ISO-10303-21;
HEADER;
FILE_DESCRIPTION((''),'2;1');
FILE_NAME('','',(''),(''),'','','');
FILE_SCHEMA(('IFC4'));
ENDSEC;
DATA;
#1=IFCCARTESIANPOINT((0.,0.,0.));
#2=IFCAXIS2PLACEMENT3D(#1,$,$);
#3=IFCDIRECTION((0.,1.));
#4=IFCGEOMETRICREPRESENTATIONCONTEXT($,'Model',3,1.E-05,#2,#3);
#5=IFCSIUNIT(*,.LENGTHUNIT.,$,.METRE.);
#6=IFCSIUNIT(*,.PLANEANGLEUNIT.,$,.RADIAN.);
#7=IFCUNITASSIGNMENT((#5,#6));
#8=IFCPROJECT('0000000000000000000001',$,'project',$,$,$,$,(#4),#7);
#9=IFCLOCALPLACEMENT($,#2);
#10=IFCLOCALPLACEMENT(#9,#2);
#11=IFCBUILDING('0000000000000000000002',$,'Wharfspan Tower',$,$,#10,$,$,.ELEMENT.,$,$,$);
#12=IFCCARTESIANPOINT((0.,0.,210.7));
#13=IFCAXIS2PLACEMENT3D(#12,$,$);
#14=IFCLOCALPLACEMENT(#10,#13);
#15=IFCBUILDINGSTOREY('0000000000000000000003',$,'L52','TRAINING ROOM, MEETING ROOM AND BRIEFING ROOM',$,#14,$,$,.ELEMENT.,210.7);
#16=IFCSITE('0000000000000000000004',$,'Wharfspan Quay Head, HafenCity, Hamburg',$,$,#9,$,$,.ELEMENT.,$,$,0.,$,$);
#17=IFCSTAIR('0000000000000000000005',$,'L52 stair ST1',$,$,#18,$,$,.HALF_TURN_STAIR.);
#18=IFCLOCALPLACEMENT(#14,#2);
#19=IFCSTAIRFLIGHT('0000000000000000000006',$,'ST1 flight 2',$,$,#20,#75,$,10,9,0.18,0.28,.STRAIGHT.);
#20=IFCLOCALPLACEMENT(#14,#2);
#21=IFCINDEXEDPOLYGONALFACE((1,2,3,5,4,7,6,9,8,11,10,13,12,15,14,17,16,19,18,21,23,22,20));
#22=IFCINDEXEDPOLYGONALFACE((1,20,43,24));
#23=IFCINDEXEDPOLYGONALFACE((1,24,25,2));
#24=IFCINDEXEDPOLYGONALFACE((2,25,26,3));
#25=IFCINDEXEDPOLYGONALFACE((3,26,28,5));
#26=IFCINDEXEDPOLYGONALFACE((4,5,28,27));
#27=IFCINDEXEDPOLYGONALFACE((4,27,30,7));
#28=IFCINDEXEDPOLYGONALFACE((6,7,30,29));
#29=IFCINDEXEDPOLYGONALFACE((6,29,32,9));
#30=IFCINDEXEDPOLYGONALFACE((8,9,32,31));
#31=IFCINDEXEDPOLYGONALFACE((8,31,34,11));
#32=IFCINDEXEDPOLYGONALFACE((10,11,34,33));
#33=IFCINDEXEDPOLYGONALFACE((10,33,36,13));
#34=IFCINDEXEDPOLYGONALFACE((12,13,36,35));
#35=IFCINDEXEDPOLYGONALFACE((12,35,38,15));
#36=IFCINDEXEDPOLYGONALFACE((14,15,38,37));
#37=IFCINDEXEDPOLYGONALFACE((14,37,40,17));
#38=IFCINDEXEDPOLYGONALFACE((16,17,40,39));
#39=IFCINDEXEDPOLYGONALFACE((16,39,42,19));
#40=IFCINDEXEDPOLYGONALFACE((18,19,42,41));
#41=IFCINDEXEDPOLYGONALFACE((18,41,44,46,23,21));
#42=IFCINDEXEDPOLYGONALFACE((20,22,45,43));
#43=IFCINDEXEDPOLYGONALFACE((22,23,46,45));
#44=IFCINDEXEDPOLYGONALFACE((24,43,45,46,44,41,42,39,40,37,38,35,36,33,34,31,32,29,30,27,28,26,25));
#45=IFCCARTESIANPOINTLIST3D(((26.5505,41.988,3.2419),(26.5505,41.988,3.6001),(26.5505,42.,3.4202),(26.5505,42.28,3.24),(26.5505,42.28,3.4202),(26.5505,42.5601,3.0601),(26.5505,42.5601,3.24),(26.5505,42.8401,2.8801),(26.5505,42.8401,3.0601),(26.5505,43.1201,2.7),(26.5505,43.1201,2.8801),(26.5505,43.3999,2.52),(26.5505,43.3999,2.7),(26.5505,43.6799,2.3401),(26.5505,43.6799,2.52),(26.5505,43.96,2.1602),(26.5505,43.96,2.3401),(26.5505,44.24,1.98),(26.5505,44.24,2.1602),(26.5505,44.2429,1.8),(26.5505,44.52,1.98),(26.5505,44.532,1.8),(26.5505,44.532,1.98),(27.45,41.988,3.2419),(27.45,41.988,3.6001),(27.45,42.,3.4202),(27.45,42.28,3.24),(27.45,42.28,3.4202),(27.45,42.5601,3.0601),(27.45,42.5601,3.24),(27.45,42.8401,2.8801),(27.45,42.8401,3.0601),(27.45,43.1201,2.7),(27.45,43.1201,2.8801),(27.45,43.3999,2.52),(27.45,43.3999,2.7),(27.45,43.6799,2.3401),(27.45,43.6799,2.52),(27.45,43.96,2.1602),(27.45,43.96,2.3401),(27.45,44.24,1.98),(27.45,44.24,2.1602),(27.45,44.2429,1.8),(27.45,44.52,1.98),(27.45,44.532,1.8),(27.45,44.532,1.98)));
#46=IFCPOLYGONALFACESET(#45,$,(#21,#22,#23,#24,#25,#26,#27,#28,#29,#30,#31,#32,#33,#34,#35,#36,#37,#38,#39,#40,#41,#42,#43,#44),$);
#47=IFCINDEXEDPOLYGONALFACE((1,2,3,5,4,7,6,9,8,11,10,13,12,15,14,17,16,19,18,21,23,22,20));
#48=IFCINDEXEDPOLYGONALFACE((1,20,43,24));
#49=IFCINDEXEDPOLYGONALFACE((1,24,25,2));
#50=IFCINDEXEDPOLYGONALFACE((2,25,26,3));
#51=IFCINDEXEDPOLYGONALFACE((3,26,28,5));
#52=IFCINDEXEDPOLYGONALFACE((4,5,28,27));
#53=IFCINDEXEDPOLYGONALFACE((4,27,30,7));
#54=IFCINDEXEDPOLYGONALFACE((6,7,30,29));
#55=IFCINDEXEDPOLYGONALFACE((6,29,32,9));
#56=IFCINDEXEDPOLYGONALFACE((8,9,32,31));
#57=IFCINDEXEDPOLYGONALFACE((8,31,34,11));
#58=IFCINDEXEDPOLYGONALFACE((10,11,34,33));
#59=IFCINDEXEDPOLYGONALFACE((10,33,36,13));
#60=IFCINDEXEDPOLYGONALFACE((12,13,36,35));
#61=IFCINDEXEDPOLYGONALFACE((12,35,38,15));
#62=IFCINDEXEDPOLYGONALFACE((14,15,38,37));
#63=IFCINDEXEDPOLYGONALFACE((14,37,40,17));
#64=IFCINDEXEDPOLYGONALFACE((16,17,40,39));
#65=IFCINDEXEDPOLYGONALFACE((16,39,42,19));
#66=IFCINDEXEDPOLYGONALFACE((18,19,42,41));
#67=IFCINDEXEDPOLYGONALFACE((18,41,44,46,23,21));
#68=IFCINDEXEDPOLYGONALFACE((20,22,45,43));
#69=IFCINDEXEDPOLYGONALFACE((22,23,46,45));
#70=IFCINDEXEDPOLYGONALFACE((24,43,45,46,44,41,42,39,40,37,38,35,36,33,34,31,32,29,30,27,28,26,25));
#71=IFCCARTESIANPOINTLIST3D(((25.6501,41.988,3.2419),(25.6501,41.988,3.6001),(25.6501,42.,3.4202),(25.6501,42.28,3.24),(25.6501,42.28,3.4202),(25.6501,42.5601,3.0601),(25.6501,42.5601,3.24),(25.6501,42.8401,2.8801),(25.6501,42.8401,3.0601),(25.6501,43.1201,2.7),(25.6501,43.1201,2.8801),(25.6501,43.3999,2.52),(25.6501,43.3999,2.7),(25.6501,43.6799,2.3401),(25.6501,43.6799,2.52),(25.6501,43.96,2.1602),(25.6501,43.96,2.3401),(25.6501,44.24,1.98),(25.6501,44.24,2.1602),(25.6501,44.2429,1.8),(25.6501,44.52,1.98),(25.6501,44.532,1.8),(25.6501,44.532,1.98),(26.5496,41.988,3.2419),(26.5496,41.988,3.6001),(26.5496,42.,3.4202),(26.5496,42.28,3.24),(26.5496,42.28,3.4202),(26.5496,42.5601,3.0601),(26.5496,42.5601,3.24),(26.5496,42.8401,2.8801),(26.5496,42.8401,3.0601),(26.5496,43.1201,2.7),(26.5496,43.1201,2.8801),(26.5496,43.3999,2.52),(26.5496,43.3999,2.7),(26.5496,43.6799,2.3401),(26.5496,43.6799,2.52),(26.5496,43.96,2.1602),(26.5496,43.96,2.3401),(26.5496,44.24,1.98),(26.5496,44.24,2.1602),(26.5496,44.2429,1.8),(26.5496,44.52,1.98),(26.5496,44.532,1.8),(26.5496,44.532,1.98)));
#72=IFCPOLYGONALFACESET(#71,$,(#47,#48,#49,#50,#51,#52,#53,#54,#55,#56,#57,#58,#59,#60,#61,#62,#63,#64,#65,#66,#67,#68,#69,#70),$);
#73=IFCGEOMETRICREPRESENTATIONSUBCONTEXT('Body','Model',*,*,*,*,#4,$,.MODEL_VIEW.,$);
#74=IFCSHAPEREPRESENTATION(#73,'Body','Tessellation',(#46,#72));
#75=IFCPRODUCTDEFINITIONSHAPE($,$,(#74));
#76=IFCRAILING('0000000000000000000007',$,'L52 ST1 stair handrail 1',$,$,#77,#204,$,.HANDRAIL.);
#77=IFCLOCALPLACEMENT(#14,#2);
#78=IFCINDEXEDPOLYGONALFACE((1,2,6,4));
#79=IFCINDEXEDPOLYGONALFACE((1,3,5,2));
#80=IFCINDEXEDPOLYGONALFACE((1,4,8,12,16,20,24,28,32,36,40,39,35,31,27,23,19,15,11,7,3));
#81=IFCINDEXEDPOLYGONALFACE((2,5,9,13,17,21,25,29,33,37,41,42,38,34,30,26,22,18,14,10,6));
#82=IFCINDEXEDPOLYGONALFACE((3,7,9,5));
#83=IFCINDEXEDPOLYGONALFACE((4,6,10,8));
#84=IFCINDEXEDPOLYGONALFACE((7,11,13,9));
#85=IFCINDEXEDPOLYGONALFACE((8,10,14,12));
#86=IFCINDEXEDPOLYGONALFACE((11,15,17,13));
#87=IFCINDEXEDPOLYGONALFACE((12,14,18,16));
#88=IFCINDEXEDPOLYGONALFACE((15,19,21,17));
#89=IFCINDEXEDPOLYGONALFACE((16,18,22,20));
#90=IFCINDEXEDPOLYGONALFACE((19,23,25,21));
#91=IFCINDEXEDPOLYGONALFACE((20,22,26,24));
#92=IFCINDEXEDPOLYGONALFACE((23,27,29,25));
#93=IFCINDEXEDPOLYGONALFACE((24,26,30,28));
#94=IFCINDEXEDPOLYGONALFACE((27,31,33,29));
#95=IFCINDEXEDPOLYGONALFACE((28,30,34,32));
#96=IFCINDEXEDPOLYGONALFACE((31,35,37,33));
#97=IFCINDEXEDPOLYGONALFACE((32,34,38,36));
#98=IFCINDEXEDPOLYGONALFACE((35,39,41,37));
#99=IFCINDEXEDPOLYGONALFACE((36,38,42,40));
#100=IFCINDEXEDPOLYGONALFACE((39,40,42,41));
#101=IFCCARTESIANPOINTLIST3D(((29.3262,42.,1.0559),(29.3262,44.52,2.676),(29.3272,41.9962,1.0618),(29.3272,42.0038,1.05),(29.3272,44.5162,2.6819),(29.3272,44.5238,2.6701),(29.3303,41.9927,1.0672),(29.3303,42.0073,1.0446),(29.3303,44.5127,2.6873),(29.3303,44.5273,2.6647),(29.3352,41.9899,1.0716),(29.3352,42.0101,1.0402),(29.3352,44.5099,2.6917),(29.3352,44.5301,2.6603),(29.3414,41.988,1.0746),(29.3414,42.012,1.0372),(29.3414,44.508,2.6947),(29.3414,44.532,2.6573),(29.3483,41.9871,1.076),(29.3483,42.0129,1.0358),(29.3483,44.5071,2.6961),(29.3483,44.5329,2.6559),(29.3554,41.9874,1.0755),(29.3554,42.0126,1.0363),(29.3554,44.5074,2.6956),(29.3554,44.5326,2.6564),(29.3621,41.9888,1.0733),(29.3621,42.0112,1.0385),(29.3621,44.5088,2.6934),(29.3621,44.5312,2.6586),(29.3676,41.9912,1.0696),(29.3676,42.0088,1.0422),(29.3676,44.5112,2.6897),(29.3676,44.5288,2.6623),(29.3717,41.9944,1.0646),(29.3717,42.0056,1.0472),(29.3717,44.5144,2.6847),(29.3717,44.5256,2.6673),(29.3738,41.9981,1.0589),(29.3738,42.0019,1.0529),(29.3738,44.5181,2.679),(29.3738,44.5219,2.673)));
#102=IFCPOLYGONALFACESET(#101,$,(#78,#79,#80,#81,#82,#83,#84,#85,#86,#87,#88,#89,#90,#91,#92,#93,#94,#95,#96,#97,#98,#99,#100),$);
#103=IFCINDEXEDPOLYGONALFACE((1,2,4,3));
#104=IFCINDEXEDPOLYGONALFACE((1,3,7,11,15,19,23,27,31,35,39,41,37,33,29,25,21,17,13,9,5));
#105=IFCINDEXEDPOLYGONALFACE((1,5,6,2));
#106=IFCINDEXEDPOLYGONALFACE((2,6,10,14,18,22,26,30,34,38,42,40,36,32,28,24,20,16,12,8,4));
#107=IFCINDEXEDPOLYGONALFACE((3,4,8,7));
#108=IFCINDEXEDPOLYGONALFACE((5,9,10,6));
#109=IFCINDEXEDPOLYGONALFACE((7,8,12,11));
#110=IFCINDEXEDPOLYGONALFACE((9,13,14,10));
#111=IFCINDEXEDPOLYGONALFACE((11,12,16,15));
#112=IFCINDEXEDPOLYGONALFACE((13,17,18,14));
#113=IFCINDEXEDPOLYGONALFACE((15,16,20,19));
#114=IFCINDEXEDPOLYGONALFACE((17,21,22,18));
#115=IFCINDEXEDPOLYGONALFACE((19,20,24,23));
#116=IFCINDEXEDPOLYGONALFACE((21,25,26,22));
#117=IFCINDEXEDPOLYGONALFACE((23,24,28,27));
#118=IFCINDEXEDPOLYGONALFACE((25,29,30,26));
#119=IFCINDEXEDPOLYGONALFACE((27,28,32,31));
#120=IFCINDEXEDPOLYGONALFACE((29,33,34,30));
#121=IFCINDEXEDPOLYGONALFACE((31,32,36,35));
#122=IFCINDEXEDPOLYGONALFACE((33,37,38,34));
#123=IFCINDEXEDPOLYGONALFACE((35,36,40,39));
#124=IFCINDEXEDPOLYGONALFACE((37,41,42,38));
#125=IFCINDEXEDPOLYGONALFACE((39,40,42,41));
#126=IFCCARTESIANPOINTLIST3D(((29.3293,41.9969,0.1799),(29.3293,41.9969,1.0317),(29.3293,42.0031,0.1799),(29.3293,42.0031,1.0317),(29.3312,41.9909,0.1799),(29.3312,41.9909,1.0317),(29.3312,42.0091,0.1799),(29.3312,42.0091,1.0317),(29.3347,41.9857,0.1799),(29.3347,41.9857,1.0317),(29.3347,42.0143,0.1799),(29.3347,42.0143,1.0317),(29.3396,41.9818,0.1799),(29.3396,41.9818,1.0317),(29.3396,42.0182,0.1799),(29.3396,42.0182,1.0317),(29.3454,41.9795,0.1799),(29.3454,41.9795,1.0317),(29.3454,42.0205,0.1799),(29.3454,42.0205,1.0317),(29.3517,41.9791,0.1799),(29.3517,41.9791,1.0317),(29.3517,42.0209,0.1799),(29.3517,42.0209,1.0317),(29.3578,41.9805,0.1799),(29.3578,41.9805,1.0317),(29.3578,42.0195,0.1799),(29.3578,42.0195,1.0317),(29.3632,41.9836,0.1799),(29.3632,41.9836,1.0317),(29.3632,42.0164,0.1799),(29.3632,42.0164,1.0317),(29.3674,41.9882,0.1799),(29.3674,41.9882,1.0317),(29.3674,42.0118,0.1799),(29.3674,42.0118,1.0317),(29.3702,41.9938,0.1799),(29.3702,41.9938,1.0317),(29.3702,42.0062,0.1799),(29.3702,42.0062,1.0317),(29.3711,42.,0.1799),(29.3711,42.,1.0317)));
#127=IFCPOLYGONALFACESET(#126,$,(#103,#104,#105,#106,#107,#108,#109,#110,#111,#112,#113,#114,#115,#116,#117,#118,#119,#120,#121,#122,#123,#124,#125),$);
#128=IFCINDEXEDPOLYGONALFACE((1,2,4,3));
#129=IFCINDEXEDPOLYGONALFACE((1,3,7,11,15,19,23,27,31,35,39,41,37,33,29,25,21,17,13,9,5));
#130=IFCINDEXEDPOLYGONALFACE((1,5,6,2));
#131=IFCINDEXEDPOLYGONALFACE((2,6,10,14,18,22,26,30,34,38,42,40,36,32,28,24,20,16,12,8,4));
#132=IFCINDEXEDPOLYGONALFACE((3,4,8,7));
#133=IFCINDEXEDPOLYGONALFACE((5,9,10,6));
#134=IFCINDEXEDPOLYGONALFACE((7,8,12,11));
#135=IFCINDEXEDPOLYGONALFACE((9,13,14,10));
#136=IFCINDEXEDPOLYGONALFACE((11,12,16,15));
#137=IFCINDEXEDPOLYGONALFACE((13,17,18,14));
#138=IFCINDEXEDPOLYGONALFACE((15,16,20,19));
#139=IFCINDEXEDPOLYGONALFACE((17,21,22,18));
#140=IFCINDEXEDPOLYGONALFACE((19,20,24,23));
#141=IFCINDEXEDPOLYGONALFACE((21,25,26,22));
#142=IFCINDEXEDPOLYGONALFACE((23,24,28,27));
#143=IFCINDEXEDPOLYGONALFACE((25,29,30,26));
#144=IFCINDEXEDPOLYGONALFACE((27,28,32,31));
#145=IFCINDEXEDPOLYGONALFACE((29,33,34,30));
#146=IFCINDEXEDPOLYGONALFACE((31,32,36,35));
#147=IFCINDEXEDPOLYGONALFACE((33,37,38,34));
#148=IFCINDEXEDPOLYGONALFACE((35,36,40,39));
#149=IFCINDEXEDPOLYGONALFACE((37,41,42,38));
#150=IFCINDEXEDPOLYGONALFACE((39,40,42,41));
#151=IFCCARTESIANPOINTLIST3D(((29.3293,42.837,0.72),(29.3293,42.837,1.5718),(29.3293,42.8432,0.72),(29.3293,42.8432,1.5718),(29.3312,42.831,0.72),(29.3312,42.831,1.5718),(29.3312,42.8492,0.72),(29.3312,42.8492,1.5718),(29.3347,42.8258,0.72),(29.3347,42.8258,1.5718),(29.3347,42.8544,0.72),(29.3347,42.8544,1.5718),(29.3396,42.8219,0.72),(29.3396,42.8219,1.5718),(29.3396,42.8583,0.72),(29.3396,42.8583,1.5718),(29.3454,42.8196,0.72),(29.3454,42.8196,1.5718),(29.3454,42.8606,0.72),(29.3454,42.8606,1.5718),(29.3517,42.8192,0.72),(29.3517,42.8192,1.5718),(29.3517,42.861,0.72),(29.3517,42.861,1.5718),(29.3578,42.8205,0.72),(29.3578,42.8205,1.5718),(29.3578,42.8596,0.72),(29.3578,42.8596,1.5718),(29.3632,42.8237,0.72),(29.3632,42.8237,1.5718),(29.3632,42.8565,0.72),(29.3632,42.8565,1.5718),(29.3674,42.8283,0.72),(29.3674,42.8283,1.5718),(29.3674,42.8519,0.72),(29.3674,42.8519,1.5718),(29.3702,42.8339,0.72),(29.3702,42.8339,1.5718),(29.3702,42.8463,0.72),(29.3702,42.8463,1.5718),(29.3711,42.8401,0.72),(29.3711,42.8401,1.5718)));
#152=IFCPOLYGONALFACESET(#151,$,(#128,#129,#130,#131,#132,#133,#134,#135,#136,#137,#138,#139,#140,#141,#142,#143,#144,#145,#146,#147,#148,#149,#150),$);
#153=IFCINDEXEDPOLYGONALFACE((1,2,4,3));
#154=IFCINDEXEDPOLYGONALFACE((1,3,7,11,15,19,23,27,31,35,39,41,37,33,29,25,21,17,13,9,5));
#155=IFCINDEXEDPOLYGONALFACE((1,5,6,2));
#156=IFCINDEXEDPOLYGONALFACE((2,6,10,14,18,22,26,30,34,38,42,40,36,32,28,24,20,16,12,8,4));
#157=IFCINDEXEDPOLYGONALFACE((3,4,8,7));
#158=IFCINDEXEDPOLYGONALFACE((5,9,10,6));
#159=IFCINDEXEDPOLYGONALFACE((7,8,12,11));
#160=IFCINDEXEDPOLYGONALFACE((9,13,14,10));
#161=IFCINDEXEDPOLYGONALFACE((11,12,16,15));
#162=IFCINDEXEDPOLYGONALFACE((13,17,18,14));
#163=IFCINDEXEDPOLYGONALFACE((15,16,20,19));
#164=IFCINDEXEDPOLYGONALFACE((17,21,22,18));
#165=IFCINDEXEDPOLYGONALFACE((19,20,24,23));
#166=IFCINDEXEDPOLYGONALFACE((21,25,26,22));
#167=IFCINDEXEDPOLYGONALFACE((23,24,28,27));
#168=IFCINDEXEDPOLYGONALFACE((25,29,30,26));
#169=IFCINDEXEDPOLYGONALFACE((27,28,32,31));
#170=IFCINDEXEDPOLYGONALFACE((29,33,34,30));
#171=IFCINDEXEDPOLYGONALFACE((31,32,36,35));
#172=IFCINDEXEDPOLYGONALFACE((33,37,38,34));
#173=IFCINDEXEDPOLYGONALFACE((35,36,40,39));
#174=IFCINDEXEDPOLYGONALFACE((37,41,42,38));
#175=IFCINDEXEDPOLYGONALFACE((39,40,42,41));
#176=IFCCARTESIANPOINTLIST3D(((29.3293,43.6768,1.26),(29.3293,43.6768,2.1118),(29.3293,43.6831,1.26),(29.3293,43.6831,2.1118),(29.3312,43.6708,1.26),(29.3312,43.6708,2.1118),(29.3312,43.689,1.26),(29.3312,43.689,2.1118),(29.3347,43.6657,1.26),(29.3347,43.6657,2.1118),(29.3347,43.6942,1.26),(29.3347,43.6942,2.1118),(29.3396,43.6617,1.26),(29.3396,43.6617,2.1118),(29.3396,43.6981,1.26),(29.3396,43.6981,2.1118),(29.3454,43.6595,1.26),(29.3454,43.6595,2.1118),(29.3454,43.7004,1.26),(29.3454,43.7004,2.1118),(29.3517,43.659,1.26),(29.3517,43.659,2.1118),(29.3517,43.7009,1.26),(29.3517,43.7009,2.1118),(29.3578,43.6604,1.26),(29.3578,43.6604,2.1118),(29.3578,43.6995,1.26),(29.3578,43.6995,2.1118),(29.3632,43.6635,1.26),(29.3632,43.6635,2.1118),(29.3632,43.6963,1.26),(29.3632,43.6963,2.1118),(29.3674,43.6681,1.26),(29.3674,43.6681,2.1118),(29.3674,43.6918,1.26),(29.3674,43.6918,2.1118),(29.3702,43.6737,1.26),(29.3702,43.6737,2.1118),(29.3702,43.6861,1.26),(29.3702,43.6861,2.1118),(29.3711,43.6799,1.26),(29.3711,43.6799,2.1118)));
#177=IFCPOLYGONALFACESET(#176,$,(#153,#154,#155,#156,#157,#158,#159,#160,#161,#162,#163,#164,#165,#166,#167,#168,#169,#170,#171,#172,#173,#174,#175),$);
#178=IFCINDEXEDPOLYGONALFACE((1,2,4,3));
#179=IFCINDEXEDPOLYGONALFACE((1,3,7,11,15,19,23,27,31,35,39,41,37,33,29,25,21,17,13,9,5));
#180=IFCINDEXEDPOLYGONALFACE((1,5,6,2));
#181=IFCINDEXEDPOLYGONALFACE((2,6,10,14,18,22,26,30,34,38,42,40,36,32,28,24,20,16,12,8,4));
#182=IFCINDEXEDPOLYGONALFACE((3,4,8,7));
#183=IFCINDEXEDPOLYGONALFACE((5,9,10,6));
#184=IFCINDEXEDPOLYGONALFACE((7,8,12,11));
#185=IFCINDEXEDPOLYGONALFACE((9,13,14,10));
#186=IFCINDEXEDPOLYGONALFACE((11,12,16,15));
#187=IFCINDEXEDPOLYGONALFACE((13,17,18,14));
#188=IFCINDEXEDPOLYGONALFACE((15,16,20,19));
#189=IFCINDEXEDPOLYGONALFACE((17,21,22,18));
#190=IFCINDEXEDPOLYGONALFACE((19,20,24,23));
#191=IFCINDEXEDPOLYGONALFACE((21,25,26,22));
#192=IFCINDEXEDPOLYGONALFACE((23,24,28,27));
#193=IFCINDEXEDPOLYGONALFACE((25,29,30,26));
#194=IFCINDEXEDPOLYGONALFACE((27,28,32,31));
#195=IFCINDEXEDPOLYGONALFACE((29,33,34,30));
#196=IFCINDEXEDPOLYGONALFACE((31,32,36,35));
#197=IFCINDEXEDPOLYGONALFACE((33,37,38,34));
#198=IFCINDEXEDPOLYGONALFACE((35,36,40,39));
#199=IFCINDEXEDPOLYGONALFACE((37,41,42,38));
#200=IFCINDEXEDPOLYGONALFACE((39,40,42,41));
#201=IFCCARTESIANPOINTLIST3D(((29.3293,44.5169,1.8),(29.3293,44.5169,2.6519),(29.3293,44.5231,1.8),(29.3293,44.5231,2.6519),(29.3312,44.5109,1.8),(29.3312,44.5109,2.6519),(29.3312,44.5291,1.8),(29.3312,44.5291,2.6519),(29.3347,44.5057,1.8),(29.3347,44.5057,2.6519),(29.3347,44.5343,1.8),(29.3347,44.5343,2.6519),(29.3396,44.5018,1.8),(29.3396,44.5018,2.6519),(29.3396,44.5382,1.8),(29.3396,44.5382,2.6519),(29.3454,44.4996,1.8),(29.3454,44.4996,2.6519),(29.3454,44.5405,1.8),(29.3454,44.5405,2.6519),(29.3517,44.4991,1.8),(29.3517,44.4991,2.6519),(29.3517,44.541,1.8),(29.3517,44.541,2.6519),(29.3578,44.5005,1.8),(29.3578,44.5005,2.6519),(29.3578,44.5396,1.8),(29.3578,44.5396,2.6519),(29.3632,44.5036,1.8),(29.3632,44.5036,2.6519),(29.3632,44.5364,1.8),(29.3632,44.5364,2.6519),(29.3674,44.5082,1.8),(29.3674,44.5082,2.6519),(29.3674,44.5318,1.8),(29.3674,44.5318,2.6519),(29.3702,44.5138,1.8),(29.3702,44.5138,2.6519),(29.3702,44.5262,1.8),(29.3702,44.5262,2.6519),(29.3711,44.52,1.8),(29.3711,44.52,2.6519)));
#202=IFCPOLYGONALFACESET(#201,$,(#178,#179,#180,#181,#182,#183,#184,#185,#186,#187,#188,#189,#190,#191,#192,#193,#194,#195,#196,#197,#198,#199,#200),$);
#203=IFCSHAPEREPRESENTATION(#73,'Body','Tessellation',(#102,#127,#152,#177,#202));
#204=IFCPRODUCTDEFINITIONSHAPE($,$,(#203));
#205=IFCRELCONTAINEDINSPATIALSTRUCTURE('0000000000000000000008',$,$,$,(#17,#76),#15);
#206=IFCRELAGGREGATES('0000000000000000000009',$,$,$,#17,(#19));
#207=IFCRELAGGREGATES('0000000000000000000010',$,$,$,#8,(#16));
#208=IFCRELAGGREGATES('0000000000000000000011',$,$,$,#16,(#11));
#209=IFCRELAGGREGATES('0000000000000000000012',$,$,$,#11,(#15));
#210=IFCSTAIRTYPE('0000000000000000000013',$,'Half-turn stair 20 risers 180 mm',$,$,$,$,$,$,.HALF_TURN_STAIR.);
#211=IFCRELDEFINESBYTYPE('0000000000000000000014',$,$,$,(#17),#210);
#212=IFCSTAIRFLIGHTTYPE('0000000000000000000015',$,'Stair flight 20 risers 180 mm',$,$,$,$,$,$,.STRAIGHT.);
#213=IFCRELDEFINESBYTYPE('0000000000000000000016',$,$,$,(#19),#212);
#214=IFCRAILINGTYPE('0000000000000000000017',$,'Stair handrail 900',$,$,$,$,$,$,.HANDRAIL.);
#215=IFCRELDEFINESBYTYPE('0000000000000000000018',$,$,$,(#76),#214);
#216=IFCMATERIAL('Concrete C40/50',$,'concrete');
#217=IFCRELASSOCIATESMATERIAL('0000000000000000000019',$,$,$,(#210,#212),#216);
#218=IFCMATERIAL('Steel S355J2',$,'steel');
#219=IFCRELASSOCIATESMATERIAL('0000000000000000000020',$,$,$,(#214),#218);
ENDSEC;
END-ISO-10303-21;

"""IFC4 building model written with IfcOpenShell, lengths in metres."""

from ifc_helpers import new_model, si_unit, direction, frame, origin, origin_2d, place, context, subcontext, project, spatial, polyline, circle, outline, extrude, material, type_object, element, aggregate, save


model = new_model("IFC4")

# Units and contexts
model_context = context("Model", 3, precision=1e-05, world=origin(), true_north=direction((0.0, 1.0)))
body_context = subcontext(model_context, "Body", "Model", "MODEL_VIEW")
ifc_project = project(units=[si_unit("LENGTHUNIT", "METRE"), si_unit("PLANEANGLEUNIT", "RADIAN")], contexts=[model_context])

# Site, building, storey
site_placement = place(None, origin())
site = spatial("IfcSite", under=ifc_project, at=site_placement, Name="Wharfspan Quay Head, HafenCity, Hamburg", CompositionType="ELEMENT", RefElevation=0.0)
building_placement = place(site_placement, origin())
building = spatial("IfcBuilding", under=site, at=building_placement, Name="Wharfspan Tower", CompositionType="ELEMENT")
storey_placement = place(building_placement, frame((0.0, 0.0, 210.7)))
storey = spatial("IfcBuildingStorey", under=building, at=storey_placement, Name="L52", Description="TRAINING ROOM, MEETING ROOM AND BRIEFING ROOM", CompositionType="ELEMENT", Elevation=210.7)

# Shared definitions
ifc_material_1 = material(Name="Steel S355J2", Category="steel")

# Shared definitions
ifc_material_2 = material(Name="Concrete C40/50", Category="concrete")

# Stair, stair flight
stair_type = type_object("IfcStairType", Name="Half-turn stair 20 risers 180 mm", PredefinedType="HALF_TURN_STAIR", material=ifc_material_2)
stair_placement = place(storey_placement, origin())
stair = element("IfcStair", 1, at=stair_placement, inside=storey, type_object=stair_type, Name="L52 stair ST1", PredefinedType="HALF_TURN_STAIR")
stair_flight_type = type_object("IfcStairFlightType", Name="Stair flight 20 risers 180 mm", PredefinedType="STRAIGHT", material=ifc_material_2)
stair_flight_placement = place(storey_placement, frame((26.55, 44.52, 1.8), z_axis=(0.0, 0.0, 1.0), x_axis=(0.0, -1.0, 0.0)))
stair_flight = element("IfcStairFlight", 2, at=stair_flight_placement, type_object=stair_flight_type, Name="ST1 flight 2", NumberOfRisers=10, NumberOfTreads=9, PredefinedType="STRAIGHT", RiserHeight=0.18, TreadLength=0.28, context=body_context, shape_type="SweptSolid", body=[
    extrude(outline(polyline([(-0.012, 0.0), (-0.012, 0.1799), (0.0, 0.1799), (0.28, 0.1799), (0.28, 0.3601), (0.5601, 0.3601), (0.5601, 0.54), (0.8401, 0.54), (0.8401, 0.72), (1.1201, 0.72), (1.1201, 0.8999), (1.3999, 0.8999), (1.3999, 1.0801), (1.6799, 1.0801), (1.6799, 1.26), (1.96, 1.26), (1.96, 1.4399), (2.24, 1.4399), (2.24, 1.6201), (2.52, 1.6201), (2.532, 1.8), (2.532, 1.4419), (0.2771, 0.0), (-0.012, 0.0)])), frame((0.0, 0.8999, 0.0), z_axis=(0.0, -1.0, 0.0), x_axis=(1.0, 0.0, 0.0)), (0.0, 0.0, 1.0), 0.8994),
    extrude(outline(polyline([(-0.012, 0.0), (-0.012, 0.1799), (0.0, 0.1799), (0.28, 0.1799), (0.28, 0.3601), (0.5601, 0.3601), (0.5601, 0.54), (0.8401, 0.54), (0.8401, 0.72), (1.1201, 0.72), (1.1201, 0.8999), (1.3999, 0.8999), (1.3999, 1.0801), (1.6799, 1.0801), (1.6799, 1.26), (1.96, 1.26), (1.96, 1.4399), (2.24, 1.4399), (2.24, 1.6201), (2.52, 1.6201), (2.532, 1.8), (2.532, 1.4419), (0.2771, 0.0), (-0.012, 0.0)])), frame((0.0, -0.0005, 0.0), z_axis=(0.0, -1.0, 0.0), x_axis=(1.0, 0.0, 0.0)), (0.0, 0.0, 1.0), 0.8994),
])
aggregate(stair, [stair_flight])

# Railing
railing_type = type_object("IfcRailingType", Name="Stair handrail 900", PredefinedType="HANDRAIL", material=ifc_material_1)
railing_1_placement = place(storey_placement, frame((29.3501, 42.0, 0.1799)))
element("IfcRailing", 3, at=railing_1_placement, inside=storey, type_object=railing_type, Name="L52 ST1 stair handrail 1", PredefinedType="HANDRAIL", context=body_context, shape_type="SweptSolid", body=[
    extrude(circle(Radius=0.0239, at=origin_2d()), frame((0.0, 0.0, 0.876), z_axis=(0.0, 0.841163, 0.540782), x_axis=(-1.0, 0.0, 0.0)), (0.0, 0.0, 1.0), 2.9958),
    extrude(circle(Radius=0.021, at=origin_2d()), origin(), (0.0, 0.0, 1.0), 0.8518),
    extrude(circle(Radius=0.021, at=origin_2d()), frame((0.0, 0.8401, 0.54)), (0.0, 0.0, 1.0), 0.8518),
    extrude(circle(Radius=0.021, at=origin_2d()), frame((0.0, 1.6799, 1.0801)), (0.0, 0.0, 1.0), 0.8518),
    extrude(circle(Radius=0.021, at=origin_2d()), frame((0.0, 2.52, 1.6201)), (0.0, 0.0, 1.0), 0.8518),
])

save(model, "model.ifc")
